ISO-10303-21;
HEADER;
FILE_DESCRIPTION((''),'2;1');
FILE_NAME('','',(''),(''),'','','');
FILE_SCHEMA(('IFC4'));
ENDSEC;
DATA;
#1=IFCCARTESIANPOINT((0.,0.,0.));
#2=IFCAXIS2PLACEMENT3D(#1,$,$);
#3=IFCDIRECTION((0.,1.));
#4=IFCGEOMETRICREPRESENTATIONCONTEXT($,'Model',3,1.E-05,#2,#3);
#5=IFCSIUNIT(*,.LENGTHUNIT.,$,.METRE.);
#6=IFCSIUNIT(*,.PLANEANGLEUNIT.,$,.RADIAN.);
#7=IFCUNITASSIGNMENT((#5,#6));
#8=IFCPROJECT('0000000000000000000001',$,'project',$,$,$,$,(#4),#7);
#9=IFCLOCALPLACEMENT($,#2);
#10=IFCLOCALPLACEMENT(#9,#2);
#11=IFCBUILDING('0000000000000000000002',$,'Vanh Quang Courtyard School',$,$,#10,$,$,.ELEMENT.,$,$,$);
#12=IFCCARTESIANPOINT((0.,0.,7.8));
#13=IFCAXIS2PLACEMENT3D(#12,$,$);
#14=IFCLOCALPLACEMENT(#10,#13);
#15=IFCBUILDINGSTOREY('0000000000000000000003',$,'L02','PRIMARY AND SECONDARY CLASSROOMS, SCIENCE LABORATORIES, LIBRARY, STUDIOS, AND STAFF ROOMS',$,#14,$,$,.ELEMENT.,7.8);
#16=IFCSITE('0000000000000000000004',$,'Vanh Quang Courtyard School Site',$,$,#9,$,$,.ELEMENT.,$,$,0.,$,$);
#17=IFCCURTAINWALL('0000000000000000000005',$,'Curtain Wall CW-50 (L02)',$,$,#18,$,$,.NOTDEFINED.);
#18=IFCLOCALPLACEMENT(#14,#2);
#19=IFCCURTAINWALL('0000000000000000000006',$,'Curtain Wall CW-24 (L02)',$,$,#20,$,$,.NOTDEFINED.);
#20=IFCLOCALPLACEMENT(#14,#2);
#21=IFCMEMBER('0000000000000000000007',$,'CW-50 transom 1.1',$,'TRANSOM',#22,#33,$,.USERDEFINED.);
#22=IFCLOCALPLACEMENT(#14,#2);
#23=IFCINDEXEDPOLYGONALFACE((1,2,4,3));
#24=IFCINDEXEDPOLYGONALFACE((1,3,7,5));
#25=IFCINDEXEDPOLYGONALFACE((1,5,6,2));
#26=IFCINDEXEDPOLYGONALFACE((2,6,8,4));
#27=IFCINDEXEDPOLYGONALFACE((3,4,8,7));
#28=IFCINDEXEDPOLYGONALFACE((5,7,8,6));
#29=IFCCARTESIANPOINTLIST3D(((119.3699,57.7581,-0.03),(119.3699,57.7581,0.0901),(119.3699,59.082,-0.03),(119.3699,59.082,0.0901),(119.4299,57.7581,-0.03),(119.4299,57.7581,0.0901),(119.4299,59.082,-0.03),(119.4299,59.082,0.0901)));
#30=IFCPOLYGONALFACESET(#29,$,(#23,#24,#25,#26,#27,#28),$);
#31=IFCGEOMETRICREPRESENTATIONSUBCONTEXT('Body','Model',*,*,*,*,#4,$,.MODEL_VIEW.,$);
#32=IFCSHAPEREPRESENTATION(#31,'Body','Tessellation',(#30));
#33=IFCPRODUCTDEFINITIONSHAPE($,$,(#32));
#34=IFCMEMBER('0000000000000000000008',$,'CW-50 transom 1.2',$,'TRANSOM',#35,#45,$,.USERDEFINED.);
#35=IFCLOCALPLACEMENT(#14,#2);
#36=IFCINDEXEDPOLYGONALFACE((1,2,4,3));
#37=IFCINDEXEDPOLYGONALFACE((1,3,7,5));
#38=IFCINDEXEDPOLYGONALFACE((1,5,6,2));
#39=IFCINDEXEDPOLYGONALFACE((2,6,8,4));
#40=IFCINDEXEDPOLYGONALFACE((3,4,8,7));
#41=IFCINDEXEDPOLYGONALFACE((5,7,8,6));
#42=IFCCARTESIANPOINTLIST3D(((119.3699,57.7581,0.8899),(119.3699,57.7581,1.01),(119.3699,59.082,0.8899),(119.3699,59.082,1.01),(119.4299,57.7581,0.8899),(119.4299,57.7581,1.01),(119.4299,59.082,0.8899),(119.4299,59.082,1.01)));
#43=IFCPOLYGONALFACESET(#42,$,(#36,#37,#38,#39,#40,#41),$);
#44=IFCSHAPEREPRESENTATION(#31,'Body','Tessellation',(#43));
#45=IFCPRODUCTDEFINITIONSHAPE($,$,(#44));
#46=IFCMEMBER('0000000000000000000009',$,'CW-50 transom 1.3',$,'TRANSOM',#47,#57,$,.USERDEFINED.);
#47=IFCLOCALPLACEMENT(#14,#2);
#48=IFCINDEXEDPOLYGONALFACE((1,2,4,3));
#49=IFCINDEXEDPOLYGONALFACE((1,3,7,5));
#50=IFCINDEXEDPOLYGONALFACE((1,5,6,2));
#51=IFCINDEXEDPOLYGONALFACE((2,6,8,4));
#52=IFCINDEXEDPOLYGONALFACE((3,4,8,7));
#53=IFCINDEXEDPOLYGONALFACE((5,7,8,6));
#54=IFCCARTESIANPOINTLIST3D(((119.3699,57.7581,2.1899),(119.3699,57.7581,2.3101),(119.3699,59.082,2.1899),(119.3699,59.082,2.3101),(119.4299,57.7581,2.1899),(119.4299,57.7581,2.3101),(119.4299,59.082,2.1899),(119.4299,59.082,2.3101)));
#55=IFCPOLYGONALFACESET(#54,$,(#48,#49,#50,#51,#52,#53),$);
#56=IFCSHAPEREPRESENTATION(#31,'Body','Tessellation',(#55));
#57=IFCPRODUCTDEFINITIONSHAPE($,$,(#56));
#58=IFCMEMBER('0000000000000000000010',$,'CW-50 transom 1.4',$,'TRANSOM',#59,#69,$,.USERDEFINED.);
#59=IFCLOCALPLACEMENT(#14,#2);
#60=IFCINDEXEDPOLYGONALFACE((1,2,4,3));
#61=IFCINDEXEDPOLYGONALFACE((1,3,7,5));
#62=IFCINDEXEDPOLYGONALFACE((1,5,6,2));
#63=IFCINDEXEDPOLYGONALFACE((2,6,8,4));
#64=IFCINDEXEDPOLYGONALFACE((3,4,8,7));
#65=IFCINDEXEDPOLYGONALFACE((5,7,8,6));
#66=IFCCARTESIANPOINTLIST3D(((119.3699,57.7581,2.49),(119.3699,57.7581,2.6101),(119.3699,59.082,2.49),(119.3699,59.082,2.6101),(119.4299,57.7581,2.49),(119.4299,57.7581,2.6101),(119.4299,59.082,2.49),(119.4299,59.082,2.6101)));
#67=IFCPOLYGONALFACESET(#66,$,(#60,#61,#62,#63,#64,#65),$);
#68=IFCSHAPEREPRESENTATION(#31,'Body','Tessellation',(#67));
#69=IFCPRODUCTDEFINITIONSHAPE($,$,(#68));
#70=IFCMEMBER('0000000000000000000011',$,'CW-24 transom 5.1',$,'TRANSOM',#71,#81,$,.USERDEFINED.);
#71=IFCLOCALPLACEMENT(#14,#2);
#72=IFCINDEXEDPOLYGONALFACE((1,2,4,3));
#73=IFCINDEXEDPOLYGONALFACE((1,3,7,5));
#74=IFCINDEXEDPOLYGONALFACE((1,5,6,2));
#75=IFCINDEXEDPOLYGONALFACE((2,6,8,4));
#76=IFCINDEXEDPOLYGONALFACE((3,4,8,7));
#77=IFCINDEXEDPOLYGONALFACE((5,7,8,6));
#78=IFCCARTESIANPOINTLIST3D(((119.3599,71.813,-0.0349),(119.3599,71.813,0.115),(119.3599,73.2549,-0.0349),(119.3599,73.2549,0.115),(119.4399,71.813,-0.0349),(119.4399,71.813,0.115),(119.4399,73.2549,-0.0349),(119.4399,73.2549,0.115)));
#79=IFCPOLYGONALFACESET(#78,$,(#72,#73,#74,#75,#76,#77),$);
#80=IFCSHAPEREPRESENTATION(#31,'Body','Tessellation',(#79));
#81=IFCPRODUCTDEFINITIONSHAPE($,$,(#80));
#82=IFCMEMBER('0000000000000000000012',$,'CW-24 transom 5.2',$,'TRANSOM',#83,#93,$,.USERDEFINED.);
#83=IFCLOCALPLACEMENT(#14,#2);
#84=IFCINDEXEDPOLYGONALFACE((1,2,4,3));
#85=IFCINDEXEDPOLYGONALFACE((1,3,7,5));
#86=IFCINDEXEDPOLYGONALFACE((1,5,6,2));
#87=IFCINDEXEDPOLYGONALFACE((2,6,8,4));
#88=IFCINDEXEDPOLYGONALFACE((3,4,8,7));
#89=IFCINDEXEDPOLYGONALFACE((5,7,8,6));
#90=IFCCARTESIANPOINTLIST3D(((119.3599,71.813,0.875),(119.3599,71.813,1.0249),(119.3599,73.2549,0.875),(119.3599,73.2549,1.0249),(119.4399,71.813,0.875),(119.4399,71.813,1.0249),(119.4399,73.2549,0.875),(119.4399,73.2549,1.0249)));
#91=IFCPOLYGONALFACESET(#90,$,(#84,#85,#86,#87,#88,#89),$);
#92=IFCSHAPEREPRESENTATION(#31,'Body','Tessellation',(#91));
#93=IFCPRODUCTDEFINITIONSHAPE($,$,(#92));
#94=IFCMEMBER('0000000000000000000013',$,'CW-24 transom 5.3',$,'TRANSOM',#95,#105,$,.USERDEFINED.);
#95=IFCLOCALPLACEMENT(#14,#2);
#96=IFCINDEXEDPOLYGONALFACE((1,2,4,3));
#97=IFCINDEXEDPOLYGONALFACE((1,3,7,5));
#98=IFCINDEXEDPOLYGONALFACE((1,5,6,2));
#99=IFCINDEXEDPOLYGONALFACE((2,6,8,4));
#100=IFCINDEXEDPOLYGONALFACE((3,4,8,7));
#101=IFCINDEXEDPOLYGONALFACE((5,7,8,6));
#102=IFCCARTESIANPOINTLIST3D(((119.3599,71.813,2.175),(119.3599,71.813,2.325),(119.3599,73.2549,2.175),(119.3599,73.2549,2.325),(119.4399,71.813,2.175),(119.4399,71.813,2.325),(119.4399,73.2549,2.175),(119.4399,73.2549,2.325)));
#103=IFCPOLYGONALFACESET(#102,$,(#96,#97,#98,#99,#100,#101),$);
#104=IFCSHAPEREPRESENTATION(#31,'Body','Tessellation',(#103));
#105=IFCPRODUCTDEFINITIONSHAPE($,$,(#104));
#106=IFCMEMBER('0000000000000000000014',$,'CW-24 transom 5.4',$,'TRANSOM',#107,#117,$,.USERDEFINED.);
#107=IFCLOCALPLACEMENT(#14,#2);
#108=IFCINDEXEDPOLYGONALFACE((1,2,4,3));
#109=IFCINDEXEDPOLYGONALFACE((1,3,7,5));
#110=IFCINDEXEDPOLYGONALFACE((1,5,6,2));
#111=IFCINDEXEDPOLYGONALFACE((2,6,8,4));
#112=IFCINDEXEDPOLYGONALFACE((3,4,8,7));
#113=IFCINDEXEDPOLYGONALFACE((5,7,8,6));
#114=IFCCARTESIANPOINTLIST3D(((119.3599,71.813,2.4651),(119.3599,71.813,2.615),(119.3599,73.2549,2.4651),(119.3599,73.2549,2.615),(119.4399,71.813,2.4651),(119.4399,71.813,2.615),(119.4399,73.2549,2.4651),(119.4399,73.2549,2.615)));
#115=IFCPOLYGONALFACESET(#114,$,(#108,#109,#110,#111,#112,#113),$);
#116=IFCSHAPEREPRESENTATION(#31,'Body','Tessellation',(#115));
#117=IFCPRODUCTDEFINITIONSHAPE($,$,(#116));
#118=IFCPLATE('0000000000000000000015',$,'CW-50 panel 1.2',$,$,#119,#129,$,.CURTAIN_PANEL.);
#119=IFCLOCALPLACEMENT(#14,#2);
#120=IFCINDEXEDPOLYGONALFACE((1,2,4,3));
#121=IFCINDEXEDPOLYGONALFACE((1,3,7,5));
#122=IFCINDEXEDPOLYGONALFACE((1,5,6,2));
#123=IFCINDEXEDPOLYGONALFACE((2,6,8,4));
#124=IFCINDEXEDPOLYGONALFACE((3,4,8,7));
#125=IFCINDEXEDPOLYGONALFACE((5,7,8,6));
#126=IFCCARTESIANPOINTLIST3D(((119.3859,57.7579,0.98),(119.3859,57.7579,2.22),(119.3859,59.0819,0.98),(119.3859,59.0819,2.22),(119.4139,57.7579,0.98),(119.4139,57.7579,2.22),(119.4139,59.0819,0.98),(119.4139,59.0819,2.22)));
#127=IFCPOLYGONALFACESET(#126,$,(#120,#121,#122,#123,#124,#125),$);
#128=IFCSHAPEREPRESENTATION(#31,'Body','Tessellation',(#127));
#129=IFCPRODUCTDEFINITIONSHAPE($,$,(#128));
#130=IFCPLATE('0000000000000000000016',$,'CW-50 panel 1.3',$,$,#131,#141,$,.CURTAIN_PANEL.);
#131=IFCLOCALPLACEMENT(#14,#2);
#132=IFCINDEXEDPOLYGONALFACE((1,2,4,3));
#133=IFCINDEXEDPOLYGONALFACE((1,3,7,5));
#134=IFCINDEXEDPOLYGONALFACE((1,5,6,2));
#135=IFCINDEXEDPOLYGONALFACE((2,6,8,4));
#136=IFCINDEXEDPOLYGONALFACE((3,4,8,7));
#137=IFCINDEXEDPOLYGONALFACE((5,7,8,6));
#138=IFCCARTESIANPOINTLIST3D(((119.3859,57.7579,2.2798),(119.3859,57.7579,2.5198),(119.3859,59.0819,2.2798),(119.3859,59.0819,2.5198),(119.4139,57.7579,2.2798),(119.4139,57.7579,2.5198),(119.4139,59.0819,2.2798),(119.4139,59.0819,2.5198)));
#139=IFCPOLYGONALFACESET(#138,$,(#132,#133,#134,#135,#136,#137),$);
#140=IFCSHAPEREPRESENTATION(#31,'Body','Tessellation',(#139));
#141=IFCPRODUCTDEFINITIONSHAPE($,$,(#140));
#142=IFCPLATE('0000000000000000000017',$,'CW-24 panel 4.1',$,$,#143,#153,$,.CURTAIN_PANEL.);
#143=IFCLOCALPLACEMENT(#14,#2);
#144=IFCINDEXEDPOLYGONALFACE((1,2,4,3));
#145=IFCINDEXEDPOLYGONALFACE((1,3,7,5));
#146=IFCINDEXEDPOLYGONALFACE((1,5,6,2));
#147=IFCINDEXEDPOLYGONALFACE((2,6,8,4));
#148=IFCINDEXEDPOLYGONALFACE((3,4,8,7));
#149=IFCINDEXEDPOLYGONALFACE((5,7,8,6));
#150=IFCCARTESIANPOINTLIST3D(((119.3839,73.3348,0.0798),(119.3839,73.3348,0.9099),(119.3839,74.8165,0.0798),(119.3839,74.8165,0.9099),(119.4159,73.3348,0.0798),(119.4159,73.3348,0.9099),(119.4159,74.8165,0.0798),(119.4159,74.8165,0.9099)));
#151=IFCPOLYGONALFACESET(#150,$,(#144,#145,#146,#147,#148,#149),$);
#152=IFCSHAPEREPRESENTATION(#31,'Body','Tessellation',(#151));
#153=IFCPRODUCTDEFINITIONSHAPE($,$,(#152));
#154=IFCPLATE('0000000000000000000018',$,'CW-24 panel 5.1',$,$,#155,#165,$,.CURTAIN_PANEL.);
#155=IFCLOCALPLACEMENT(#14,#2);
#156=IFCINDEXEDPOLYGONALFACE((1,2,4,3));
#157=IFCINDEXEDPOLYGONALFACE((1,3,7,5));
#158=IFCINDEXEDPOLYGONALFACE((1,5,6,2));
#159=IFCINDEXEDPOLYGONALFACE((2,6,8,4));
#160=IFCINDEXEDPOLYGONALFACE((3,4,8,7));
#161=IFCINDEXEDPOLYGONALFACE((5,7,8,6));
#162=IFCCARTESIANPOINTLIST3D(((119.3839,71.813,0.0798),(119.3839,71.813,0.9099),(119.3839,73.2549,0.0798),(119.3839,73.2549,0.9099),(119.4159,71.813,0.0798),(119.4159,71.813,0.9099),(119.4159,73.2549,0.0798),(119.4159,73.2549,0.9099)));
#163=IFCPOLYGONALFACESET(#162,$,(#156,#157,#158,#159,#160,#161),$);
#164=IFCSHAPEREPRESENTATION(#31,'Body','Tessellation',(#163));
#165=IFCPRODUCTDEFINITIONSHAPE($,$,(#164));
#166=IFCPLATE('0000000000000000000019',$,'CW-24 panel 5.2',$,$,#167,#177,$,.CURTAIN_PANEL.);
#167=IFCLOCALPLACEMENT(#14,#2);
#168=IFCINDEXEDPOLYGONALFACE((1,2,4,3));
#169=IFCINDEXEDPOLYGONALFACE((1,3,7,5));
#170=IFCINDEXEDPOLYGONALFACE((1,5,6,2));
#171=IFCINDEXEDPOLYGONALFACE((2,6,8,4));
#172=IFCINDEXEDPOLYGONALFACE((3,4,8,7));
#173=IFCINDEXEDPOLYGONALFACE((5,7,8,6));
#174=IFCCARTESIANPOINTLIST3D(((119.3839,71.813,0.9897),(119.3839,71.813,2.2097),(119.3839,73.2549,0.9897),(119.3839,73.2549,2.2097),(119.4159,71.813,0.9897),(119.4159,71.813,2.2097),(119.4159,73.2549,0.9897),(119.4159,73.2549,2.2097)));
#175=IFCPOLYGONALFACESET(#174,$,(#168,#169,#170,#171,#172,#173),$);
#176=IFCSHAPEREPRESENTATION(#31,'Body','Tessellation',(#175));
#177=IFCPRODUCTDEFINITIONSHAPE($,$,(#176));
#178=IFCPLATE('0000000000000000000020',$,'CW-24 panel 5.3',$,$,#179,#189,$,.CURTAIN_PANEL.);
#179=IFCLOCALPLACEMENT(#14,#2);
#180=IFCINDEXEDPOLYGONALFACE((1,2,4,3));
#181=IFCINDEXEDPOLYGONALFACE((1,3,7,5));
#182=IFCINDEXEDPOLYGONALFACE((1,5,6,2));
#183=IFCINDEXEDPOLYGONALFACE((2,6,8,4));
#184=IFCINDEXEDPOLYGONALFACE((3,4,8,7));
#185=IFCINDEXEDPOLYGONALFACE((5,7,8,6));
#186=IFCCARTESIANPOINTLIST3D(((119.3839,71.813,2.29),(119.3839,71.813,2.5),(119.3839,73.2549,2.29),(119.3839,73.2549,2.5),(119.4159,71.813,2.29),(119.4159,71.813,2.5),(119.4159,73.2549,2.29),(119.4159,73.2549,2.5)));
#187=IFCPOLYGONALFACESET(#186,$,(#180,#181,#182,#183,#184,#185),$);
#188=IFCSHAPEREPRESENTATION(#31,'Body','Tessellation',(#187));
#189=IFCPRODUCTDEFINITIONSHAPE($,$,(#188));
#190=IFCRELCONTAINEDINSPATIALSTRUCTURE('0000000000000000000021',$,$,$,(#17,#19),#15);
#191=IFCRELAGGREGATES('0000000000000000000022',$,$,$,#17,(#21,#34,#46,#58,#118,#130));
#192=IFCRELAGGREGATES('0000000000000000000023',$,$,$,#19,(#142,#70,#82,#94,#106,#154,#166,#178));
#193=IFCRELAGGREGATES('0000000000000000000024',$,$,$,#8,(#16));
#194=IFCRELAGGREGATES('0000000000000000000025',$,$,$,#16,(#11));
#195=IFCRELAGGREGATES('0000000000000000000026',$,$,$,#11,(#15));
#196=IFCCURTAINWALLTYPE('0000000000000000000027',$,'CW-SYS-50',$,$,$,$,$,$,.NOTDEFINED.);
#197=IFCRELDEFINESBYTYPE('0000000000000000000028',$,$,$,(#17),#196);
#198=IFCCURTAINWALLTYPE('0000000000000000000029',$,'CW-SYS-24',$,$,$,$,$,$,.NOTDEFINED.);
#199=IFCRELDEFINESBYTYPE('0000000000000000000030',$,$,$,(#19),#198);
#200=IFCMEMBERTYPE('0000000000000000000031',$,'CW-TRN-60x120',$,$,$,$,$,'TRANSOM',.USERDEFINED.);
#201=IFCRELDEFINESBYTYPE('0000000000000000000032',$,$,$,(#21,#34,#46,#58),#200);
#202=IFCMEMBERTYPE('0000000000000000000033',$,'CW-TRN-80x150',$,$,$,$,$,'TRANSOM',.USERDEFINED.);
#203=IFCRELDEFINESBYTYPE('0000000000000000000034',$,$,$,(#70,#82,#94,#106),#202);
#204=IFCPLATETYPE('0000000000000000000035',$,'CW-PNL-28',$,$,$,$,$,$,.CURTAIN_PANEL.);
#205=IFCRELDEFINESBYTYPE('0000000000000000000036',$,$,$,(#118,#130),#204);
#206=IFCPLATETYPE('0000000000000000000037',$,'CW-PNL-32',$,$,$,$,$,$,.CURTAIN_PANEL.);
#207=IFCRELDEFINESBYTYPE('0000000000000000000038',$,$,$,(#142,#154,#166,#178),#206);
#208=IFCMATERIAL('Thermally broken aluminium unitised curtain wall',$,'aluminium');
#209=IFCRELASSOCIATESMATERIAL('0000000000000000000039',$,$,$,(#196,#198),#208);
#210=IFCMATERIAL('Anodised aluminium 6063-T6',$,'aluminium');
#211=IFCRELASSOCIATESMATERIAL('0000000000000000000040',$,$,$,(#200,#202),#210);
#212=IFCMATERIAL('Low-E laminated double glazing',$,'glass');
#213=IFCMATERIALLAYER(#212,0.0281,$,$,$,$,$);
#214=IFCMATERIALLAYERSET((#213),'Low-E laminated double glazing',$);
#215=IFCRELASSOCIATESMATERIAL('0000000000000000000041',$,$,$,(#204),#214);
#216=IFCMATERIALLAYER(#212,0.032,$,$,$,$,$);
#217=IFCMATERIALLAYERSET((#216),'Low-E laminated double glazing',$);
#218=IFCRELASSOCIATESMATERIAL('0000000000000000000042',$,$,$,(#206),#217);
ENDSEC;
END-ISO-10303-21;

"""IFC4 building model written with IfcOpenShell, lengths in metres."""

from ifc_helpers import new_model, si_unit, direction, frame, origin, origin_2d, place, context, subcontext, project, spatial, rectangle, extrude, material, layer, layer_set, material_profile, profile_set, type_object, element, aggregate, save


model = new_model("IFC4")

# Units and contexts
model_context = context("Model", 3, precision=1e-05, world=origin(), true_north=direction((0.0, 1.0)))
body_context = subcontext(model_context, "Body", "Model", "MODEL_VIEW")
ifc_project = project(units=[si_unit("LENGTHUNIT", "METRE"), si_unit("PLANEANGLEUNIT", "RADIAN")], contexts=[model_context])

# Site, building, storey
site_placement = place(None, origin())
site = spatial("IfcSite", under=ifc_project, at=site_placement, Name="Vanh Quang Courtyard School Site", CompositionType="ELEMENT", RefElevation=0.0)
building_placement = place(site_placement, origin())
building = spatial("IfcBuilding", under=site, at=building_placement, Name="Vanh Quang Courtyard School", CompositionType="ELEMENT")
storey_placement = place(building_placement, frame((0.0, 0.0, 7.8)))
storey = spatial("IfcBuildingStorey", under=building, at=storey_placement, Name="L02", Description="PRIMARY AND SECONDARY CLASSROOMS, SCIENCE LABORATORIES, LIBRARY, STUDIOS, AND STAFF ROOMS", CompositionType="ELEMENT", Elevation=7.8)

# Curtain wall
ifc_material_1 = material(Name="Thermally broken aluminium unitised curtain wall", Category="aluminium")
curtain_wall_type_1 = type_object("IfcCurtainWallType", Name="CW-SYS-50", PredefinedType="NOTDEFINED", material=ifc_material_1)
curtain_wall_1_placement = place(storey_placement, origin())
curtain_wall_1 = element("IfcCurtainWall", 1, at=curtain_wall_1_placement, inside=storey, type_object=curtain_wall_type_1, Name="Curtain Wall CW-50 (L02)", PredefinedType="NOTDEFINED")
ifc_material_2 = material(Name="Anodised aluminium 6063-T6", Category="aluminium")

# Curtain wall
curtain_wall_type_2 = type_object("IfcCurtainWallType", Name="CW-SYS-24", PredefinedType="NOTDEFINED", material=ifc_material_1)
curtain_wall_2_placement = place(storey_placement, origin())
curtain_wall_2 = element("IfcCurtainWall", 2, at=curtain_wall_2_placement, inside=storey, type_object=curtain_wall_type_2, Name="Curtain Wall CW-24 (L02)", PredefinedType="NOTDEFINED")

# Members
ifc_material_profile_1 = material_profile(ifc_material_2, rectangle(XDim=0.0601, YDim=0.1201, at=origin_2d()), Name="ALU-TRN 60x120")
ifc_profile_set_1 = profile_set([ifc_material_profile_1], Name="Anodised aluminium 6063-T6")
member_type_1 = type_object("IfcMemberType", Name="CW-TRN-60x120", ElementType="TRANSOM", PredefinedType="USERDEFINED", material=ifc_profile_set_1)
member_1_placement = place(storey_placement, frame((119.3999, 59.082, 0.03), z_axis=(0.0, -1.0, 0.0), x_axis=(1.0, 0.0, 0.0)))
member_1 = element("IfcMember", 3, at=member_1_placement, type_object=member_type_1, Name="CW-50 transom 1.1", ObjectType="TRANSOM", PredefinedType="USERDEFINED", context=body_context, shape_type="SweptSolid", body=[
    extrude(rectangle(XDim=0.0601, YDim=0.1201, at=origin_2d()), origin(), (0.0, 0.0, 1.0), 1.324),
])
member_2_placement = place(storey_placement, frame((119.3999, 59.082, 0.95), z_axis=(0.0, -1.0, 0.0), x_axis=(1.0, 0.0, 0.0)))
member_2 = element("IfcMember", 4, at=member_2_placement, type_object=member_type_1, Name="CW-50 transom 1.2", ObjectType="TRANSOM", PredefinedType="USERDEFINED", context=body_context, shape_type="SweptSolid", body=[
    extrude(rectangle(XDim=0.0601, YDim=0.1201, at=origin_2d()), origin(), (0.0, 0.0, 1.0), 1.324),
])
member_3_placement = place(storey_placement, frame((119.3999, 59.082, 2.25), z_axis=(0.0, -1.0, 0.0), x_axis=(1.0, 0.0, 0.0)))
member_3 = element("IfcMember", 5, at=member_3_placement, type_object=member_type_1, Name="CW-50 transom 1.3", ObjectType="TRANSOM", PredefinedType="USERDEFINED", context=body_context, shape_type="SweptSolid", body=[
    extrude(rectangle(XDim=0.0601, YDim=0.1201, at=origin_2d()), origin(), (0.0, 0.0, 1.0), 1.324),
])
member_4_placement = place(storey_placement, frame((119.3999, 59.082, 2.55), z_axis=(0.0, -1.0, 0.0), x_axis=(1.0, 0.0, 0.0)))
member_4 = element("IfcMember", 6, at=member_4_placement, type_object=member_type_1, Name="CW-50 transom 1.4", ObjectType="TRANSOM", PredefinedType="USERDEFINED", context=body_context, shape_type="SweptSolid", body=[
    extrude(rectangle(XDim=0.0601, YDim=0.1201, at=origin_2d()), origin(), (0.0, 0.0, 1.0), 1.324),
])
ifc_material_profile_2 = material_profile(ifc_material_2, rectangle(XDim=0.0801, YDim=0.1499, at=origin_2d()), Name="ALU-TRN 80x150")
ifc_profile_set_2 = profile_set([ifc_material_profile_2], Name="Anodised aluminium 6063-T6")
member_type_2 = type_object("IfcMemberType", Name="CW-TRN-80x150", ElementType="TRANSOM", PredefinedType="USERDEFINED", material=ifc_profile_set_2)
member_5_placement = place(storey_placement, frame((119.3999, 73.2549, 0.04), z_axis=(0.0, -1.0, 0.0), x_axis=(1.0, 0.0, 0.0)))
member_5 = element("IfcMember", 7, at=member_5_placement, type_object=member_type_2, Name="CW-24 transom 5.1", ObjectType="TRANSOM", PredefinedType="USERDEFINED", context=body_context, shape_type="SweptSolid", body=[
    extrude(rectangle(XDim=0.0801, YDim=0.1499, at=origin_2d()), origin(), (0.0, 0.0, 1.0), 1.4419),
])
member_6_placement = place(storey_placement, frame((119.3999, 73.2549, 0.95), z_axis=(0.0, -1.0, 0.0), x_axis=(1.0, 0.0, 0.0)))
member_6 = element("IfcMember", 8, at=member_6_placement, type_object=member_type_2, Name="CW-24 transom 5.2", ObjectType="TRANSOM", PredefinedType="USERDEFINED", context=body_context, shape_type="SweptSolid", body=[
    extrude(rectangle(XDim=0.0801, YDim=0.1499, at=origin_2d()), origin(), (0.0, 0.0, 1.0), 1.4419),
])
member_7_placement = place(storey_placement, frame((119.3999, 73.2549, 2.25), z_axis=(0.0, -1.0, 0.0), x_axis=(1.0, 0.0, 0.0)))
member_7 = element("IfcMember", 9, at=member_7_placement, type_object=member_type_2, Name="CW-24 transom 5.3", ObjectType="TRANSOM", PredefinedType="USERDEFINED", context=body_context, shape_type="SweptSolid", body=[
    extrude(rectangle(XDim=0.0801, YDim=0.1499, at=origin_2d()), origin(), (0.0, 0.0, 1.0), 1.4419),
])
member_8_placement = place(storey_placement, frame((119.3999, 73.2549, 2.54), z_axis=(0.0, -1.0, 0.0), x_axis=(1.0, 0.0, 0.0)))
member_8 = element("IfcMember", 10, at=member_8_placement, type_object=member_type_2, Name="CW-24 transom 5.4", ObjectType="TRANSOM", PredefinedType="USERDEFINED", context=body_context, shape_type="SweptSolid", body=[
    extrude(rectangle(XDim=0.0801, YDim=0.1499, at=origin_2d()), origin(), (0.0, 0.0, 1.0), 1.4419),
])

# Plates
ifc_material_3 = material(Name="Low-E laminated double glazing", Category="glass")
ifc_layer_1 = layer(ifc_material_3, 0.0281)
ifc_layer_set_1 = layer_set([ifc_layer_1], Name="Low-E laminated double glazing")
plate_type_1 = type_object("IfcPlateType", Name="CW-PNL-28", PredefinedType="CURTAIN_PANEL", material=ifc_layer_set_1)
plate_1_placement = place(storey_placement, frame((119.3999, 58.4199, 0.98), z_axis=(0.0, 0.0, 1.0), x_axis=(0.0, -1.0, 0.0)))
plate_1 = element("IfcPlate", 11, at=plate_1_placement, type_object=plate_type_1, Name="CW-50 panel 1.2", PredefinedType="CURTAIN_PANEL", context=body_context, shape_type="SweptSolid", body=[
    extrude(rectangle(XDim=1.324, YDim=0.0281, at=origin_2d()), origin(), (0.0, 0.0, 1.0), 1.24),
])
plate_2_placement = place(storey_placement, frame((119.3999, 58.4199, 2.2798), z_axis=(0.0, 0.0, 1.0), x_axis=(0.0, -1.0, 0.0)))
plate_2 = element("IfcPlate", 12, at=plate_2_placement, type_object=plate_type_1, Name="CW-50 panel 1.3", PredefinedType="CURTAIN_PANEL", context=body_context, shape_type="SweptSolid", body=[
    extrude(rectangle(XDim=1.324, YDim=0.0281, at=origin_2d()), origin(), (0.0, 0.0, 1.0), 0.24),
])
aggregate(curtain_wall_1, [member_1, member_2, member_3, member_4, plate_1, plate_2])
ifc_layer_2 = layer(ifc_material_3, 0.032)
ifc_layer_set_2 = layer_set([ifc_layer_2], Name="Low-E laminated double glazing")
plate_type_2 = type_object("IfcPlateType", Name="CW-PNL-32", PredefinedType="CURTAIN_PANEL", material=ifc_layer_set_2)
plate_3_placement = place(storey_placement, frame((119.3999, 74.0757, 0.0798), z_axis=(0.0, 0.0, 1.0), x_axis=(0.0, -1.0, 0.0)))
plate_3 = element("IfcPlate", 13, at=plate_3_placement, type_object=plate_type_2, Name="CW-24 panel 4.1", PredefinedType="CURTAIN_PANEL", context=body_context, shape_type="SweptSolid", body=[
    extrude(rectangle(XDim=1.4817, YDim=0.032, at=origin_2d()), origin(), (0.0, 0.0, 1.0), 0.8301),
])
plate_4_placement = place(storey_placement, frame((119.3999, 72.5339, 0.0798), z_axis=(0.0, 0.0, 1.0), x_axis=(0.0, -1.0, 0.0)))
plate_4 = element("IfcPlate", 14, at=plate_4_placement, type_object=plate_type_2, Name="CW-24 panel 5.1", PredefinedType="CURTAIN_PANEL", context=body_context, shape_type="SweptSolid", body=[
    extrude(rectangle(XDim=1.4419, YDim=0.032, at=origin_2d()), origin(), (0.0, 0.0, 1.0), 0.8301),
])
plate_5_placement = place(storey_placement, frame((119.3999, 72.5339, 0.9897), z_axis=(0.0, 0.0, 1.0), x_axis=(0.0, -1.0, 0.0)))
plate_5 = element("IfcPlate", 15, at=plate_5_placement, type_object=plate_type_2, Name="CW-24 panel 5.2", PredefinedType="CURTAIN_PANEL", context=body_context, shape_type="SweptSolid", body=[
    extrude(rectangle(XDim=1.4419, YDim=0.032, at=origin_2d()), origin(), (0.0, 0.0, 1.0), 1.22),
])
plate_6_placement = place(storey_placement, frame((119.3999, 72.5339, 2.29), z_axis=(0.0, 0.0, 1.0), x_axis=(0.0, -1.0, 0.0)))
plate_6 = element("IfcPlate", 16, at=plate_6_placement, type_object=plate_type_2, Name="CW-24 panel 5.3", PredefinedType="CURTAIN_PANEL", context=body_context, shape_type="SweptSolid", body=[
    extrude(rectangle(XDim=1.4419, YDim=0.032, at=origin_2d()), origin(), (0.0, 0.0, 1.0), 0.21),
])
aggregate(curtain_wall_2, [plate_3, member_5, member_6, member_7, member_8, plate_4, plate_5, plate_6])

save(model, "model.ifc")
